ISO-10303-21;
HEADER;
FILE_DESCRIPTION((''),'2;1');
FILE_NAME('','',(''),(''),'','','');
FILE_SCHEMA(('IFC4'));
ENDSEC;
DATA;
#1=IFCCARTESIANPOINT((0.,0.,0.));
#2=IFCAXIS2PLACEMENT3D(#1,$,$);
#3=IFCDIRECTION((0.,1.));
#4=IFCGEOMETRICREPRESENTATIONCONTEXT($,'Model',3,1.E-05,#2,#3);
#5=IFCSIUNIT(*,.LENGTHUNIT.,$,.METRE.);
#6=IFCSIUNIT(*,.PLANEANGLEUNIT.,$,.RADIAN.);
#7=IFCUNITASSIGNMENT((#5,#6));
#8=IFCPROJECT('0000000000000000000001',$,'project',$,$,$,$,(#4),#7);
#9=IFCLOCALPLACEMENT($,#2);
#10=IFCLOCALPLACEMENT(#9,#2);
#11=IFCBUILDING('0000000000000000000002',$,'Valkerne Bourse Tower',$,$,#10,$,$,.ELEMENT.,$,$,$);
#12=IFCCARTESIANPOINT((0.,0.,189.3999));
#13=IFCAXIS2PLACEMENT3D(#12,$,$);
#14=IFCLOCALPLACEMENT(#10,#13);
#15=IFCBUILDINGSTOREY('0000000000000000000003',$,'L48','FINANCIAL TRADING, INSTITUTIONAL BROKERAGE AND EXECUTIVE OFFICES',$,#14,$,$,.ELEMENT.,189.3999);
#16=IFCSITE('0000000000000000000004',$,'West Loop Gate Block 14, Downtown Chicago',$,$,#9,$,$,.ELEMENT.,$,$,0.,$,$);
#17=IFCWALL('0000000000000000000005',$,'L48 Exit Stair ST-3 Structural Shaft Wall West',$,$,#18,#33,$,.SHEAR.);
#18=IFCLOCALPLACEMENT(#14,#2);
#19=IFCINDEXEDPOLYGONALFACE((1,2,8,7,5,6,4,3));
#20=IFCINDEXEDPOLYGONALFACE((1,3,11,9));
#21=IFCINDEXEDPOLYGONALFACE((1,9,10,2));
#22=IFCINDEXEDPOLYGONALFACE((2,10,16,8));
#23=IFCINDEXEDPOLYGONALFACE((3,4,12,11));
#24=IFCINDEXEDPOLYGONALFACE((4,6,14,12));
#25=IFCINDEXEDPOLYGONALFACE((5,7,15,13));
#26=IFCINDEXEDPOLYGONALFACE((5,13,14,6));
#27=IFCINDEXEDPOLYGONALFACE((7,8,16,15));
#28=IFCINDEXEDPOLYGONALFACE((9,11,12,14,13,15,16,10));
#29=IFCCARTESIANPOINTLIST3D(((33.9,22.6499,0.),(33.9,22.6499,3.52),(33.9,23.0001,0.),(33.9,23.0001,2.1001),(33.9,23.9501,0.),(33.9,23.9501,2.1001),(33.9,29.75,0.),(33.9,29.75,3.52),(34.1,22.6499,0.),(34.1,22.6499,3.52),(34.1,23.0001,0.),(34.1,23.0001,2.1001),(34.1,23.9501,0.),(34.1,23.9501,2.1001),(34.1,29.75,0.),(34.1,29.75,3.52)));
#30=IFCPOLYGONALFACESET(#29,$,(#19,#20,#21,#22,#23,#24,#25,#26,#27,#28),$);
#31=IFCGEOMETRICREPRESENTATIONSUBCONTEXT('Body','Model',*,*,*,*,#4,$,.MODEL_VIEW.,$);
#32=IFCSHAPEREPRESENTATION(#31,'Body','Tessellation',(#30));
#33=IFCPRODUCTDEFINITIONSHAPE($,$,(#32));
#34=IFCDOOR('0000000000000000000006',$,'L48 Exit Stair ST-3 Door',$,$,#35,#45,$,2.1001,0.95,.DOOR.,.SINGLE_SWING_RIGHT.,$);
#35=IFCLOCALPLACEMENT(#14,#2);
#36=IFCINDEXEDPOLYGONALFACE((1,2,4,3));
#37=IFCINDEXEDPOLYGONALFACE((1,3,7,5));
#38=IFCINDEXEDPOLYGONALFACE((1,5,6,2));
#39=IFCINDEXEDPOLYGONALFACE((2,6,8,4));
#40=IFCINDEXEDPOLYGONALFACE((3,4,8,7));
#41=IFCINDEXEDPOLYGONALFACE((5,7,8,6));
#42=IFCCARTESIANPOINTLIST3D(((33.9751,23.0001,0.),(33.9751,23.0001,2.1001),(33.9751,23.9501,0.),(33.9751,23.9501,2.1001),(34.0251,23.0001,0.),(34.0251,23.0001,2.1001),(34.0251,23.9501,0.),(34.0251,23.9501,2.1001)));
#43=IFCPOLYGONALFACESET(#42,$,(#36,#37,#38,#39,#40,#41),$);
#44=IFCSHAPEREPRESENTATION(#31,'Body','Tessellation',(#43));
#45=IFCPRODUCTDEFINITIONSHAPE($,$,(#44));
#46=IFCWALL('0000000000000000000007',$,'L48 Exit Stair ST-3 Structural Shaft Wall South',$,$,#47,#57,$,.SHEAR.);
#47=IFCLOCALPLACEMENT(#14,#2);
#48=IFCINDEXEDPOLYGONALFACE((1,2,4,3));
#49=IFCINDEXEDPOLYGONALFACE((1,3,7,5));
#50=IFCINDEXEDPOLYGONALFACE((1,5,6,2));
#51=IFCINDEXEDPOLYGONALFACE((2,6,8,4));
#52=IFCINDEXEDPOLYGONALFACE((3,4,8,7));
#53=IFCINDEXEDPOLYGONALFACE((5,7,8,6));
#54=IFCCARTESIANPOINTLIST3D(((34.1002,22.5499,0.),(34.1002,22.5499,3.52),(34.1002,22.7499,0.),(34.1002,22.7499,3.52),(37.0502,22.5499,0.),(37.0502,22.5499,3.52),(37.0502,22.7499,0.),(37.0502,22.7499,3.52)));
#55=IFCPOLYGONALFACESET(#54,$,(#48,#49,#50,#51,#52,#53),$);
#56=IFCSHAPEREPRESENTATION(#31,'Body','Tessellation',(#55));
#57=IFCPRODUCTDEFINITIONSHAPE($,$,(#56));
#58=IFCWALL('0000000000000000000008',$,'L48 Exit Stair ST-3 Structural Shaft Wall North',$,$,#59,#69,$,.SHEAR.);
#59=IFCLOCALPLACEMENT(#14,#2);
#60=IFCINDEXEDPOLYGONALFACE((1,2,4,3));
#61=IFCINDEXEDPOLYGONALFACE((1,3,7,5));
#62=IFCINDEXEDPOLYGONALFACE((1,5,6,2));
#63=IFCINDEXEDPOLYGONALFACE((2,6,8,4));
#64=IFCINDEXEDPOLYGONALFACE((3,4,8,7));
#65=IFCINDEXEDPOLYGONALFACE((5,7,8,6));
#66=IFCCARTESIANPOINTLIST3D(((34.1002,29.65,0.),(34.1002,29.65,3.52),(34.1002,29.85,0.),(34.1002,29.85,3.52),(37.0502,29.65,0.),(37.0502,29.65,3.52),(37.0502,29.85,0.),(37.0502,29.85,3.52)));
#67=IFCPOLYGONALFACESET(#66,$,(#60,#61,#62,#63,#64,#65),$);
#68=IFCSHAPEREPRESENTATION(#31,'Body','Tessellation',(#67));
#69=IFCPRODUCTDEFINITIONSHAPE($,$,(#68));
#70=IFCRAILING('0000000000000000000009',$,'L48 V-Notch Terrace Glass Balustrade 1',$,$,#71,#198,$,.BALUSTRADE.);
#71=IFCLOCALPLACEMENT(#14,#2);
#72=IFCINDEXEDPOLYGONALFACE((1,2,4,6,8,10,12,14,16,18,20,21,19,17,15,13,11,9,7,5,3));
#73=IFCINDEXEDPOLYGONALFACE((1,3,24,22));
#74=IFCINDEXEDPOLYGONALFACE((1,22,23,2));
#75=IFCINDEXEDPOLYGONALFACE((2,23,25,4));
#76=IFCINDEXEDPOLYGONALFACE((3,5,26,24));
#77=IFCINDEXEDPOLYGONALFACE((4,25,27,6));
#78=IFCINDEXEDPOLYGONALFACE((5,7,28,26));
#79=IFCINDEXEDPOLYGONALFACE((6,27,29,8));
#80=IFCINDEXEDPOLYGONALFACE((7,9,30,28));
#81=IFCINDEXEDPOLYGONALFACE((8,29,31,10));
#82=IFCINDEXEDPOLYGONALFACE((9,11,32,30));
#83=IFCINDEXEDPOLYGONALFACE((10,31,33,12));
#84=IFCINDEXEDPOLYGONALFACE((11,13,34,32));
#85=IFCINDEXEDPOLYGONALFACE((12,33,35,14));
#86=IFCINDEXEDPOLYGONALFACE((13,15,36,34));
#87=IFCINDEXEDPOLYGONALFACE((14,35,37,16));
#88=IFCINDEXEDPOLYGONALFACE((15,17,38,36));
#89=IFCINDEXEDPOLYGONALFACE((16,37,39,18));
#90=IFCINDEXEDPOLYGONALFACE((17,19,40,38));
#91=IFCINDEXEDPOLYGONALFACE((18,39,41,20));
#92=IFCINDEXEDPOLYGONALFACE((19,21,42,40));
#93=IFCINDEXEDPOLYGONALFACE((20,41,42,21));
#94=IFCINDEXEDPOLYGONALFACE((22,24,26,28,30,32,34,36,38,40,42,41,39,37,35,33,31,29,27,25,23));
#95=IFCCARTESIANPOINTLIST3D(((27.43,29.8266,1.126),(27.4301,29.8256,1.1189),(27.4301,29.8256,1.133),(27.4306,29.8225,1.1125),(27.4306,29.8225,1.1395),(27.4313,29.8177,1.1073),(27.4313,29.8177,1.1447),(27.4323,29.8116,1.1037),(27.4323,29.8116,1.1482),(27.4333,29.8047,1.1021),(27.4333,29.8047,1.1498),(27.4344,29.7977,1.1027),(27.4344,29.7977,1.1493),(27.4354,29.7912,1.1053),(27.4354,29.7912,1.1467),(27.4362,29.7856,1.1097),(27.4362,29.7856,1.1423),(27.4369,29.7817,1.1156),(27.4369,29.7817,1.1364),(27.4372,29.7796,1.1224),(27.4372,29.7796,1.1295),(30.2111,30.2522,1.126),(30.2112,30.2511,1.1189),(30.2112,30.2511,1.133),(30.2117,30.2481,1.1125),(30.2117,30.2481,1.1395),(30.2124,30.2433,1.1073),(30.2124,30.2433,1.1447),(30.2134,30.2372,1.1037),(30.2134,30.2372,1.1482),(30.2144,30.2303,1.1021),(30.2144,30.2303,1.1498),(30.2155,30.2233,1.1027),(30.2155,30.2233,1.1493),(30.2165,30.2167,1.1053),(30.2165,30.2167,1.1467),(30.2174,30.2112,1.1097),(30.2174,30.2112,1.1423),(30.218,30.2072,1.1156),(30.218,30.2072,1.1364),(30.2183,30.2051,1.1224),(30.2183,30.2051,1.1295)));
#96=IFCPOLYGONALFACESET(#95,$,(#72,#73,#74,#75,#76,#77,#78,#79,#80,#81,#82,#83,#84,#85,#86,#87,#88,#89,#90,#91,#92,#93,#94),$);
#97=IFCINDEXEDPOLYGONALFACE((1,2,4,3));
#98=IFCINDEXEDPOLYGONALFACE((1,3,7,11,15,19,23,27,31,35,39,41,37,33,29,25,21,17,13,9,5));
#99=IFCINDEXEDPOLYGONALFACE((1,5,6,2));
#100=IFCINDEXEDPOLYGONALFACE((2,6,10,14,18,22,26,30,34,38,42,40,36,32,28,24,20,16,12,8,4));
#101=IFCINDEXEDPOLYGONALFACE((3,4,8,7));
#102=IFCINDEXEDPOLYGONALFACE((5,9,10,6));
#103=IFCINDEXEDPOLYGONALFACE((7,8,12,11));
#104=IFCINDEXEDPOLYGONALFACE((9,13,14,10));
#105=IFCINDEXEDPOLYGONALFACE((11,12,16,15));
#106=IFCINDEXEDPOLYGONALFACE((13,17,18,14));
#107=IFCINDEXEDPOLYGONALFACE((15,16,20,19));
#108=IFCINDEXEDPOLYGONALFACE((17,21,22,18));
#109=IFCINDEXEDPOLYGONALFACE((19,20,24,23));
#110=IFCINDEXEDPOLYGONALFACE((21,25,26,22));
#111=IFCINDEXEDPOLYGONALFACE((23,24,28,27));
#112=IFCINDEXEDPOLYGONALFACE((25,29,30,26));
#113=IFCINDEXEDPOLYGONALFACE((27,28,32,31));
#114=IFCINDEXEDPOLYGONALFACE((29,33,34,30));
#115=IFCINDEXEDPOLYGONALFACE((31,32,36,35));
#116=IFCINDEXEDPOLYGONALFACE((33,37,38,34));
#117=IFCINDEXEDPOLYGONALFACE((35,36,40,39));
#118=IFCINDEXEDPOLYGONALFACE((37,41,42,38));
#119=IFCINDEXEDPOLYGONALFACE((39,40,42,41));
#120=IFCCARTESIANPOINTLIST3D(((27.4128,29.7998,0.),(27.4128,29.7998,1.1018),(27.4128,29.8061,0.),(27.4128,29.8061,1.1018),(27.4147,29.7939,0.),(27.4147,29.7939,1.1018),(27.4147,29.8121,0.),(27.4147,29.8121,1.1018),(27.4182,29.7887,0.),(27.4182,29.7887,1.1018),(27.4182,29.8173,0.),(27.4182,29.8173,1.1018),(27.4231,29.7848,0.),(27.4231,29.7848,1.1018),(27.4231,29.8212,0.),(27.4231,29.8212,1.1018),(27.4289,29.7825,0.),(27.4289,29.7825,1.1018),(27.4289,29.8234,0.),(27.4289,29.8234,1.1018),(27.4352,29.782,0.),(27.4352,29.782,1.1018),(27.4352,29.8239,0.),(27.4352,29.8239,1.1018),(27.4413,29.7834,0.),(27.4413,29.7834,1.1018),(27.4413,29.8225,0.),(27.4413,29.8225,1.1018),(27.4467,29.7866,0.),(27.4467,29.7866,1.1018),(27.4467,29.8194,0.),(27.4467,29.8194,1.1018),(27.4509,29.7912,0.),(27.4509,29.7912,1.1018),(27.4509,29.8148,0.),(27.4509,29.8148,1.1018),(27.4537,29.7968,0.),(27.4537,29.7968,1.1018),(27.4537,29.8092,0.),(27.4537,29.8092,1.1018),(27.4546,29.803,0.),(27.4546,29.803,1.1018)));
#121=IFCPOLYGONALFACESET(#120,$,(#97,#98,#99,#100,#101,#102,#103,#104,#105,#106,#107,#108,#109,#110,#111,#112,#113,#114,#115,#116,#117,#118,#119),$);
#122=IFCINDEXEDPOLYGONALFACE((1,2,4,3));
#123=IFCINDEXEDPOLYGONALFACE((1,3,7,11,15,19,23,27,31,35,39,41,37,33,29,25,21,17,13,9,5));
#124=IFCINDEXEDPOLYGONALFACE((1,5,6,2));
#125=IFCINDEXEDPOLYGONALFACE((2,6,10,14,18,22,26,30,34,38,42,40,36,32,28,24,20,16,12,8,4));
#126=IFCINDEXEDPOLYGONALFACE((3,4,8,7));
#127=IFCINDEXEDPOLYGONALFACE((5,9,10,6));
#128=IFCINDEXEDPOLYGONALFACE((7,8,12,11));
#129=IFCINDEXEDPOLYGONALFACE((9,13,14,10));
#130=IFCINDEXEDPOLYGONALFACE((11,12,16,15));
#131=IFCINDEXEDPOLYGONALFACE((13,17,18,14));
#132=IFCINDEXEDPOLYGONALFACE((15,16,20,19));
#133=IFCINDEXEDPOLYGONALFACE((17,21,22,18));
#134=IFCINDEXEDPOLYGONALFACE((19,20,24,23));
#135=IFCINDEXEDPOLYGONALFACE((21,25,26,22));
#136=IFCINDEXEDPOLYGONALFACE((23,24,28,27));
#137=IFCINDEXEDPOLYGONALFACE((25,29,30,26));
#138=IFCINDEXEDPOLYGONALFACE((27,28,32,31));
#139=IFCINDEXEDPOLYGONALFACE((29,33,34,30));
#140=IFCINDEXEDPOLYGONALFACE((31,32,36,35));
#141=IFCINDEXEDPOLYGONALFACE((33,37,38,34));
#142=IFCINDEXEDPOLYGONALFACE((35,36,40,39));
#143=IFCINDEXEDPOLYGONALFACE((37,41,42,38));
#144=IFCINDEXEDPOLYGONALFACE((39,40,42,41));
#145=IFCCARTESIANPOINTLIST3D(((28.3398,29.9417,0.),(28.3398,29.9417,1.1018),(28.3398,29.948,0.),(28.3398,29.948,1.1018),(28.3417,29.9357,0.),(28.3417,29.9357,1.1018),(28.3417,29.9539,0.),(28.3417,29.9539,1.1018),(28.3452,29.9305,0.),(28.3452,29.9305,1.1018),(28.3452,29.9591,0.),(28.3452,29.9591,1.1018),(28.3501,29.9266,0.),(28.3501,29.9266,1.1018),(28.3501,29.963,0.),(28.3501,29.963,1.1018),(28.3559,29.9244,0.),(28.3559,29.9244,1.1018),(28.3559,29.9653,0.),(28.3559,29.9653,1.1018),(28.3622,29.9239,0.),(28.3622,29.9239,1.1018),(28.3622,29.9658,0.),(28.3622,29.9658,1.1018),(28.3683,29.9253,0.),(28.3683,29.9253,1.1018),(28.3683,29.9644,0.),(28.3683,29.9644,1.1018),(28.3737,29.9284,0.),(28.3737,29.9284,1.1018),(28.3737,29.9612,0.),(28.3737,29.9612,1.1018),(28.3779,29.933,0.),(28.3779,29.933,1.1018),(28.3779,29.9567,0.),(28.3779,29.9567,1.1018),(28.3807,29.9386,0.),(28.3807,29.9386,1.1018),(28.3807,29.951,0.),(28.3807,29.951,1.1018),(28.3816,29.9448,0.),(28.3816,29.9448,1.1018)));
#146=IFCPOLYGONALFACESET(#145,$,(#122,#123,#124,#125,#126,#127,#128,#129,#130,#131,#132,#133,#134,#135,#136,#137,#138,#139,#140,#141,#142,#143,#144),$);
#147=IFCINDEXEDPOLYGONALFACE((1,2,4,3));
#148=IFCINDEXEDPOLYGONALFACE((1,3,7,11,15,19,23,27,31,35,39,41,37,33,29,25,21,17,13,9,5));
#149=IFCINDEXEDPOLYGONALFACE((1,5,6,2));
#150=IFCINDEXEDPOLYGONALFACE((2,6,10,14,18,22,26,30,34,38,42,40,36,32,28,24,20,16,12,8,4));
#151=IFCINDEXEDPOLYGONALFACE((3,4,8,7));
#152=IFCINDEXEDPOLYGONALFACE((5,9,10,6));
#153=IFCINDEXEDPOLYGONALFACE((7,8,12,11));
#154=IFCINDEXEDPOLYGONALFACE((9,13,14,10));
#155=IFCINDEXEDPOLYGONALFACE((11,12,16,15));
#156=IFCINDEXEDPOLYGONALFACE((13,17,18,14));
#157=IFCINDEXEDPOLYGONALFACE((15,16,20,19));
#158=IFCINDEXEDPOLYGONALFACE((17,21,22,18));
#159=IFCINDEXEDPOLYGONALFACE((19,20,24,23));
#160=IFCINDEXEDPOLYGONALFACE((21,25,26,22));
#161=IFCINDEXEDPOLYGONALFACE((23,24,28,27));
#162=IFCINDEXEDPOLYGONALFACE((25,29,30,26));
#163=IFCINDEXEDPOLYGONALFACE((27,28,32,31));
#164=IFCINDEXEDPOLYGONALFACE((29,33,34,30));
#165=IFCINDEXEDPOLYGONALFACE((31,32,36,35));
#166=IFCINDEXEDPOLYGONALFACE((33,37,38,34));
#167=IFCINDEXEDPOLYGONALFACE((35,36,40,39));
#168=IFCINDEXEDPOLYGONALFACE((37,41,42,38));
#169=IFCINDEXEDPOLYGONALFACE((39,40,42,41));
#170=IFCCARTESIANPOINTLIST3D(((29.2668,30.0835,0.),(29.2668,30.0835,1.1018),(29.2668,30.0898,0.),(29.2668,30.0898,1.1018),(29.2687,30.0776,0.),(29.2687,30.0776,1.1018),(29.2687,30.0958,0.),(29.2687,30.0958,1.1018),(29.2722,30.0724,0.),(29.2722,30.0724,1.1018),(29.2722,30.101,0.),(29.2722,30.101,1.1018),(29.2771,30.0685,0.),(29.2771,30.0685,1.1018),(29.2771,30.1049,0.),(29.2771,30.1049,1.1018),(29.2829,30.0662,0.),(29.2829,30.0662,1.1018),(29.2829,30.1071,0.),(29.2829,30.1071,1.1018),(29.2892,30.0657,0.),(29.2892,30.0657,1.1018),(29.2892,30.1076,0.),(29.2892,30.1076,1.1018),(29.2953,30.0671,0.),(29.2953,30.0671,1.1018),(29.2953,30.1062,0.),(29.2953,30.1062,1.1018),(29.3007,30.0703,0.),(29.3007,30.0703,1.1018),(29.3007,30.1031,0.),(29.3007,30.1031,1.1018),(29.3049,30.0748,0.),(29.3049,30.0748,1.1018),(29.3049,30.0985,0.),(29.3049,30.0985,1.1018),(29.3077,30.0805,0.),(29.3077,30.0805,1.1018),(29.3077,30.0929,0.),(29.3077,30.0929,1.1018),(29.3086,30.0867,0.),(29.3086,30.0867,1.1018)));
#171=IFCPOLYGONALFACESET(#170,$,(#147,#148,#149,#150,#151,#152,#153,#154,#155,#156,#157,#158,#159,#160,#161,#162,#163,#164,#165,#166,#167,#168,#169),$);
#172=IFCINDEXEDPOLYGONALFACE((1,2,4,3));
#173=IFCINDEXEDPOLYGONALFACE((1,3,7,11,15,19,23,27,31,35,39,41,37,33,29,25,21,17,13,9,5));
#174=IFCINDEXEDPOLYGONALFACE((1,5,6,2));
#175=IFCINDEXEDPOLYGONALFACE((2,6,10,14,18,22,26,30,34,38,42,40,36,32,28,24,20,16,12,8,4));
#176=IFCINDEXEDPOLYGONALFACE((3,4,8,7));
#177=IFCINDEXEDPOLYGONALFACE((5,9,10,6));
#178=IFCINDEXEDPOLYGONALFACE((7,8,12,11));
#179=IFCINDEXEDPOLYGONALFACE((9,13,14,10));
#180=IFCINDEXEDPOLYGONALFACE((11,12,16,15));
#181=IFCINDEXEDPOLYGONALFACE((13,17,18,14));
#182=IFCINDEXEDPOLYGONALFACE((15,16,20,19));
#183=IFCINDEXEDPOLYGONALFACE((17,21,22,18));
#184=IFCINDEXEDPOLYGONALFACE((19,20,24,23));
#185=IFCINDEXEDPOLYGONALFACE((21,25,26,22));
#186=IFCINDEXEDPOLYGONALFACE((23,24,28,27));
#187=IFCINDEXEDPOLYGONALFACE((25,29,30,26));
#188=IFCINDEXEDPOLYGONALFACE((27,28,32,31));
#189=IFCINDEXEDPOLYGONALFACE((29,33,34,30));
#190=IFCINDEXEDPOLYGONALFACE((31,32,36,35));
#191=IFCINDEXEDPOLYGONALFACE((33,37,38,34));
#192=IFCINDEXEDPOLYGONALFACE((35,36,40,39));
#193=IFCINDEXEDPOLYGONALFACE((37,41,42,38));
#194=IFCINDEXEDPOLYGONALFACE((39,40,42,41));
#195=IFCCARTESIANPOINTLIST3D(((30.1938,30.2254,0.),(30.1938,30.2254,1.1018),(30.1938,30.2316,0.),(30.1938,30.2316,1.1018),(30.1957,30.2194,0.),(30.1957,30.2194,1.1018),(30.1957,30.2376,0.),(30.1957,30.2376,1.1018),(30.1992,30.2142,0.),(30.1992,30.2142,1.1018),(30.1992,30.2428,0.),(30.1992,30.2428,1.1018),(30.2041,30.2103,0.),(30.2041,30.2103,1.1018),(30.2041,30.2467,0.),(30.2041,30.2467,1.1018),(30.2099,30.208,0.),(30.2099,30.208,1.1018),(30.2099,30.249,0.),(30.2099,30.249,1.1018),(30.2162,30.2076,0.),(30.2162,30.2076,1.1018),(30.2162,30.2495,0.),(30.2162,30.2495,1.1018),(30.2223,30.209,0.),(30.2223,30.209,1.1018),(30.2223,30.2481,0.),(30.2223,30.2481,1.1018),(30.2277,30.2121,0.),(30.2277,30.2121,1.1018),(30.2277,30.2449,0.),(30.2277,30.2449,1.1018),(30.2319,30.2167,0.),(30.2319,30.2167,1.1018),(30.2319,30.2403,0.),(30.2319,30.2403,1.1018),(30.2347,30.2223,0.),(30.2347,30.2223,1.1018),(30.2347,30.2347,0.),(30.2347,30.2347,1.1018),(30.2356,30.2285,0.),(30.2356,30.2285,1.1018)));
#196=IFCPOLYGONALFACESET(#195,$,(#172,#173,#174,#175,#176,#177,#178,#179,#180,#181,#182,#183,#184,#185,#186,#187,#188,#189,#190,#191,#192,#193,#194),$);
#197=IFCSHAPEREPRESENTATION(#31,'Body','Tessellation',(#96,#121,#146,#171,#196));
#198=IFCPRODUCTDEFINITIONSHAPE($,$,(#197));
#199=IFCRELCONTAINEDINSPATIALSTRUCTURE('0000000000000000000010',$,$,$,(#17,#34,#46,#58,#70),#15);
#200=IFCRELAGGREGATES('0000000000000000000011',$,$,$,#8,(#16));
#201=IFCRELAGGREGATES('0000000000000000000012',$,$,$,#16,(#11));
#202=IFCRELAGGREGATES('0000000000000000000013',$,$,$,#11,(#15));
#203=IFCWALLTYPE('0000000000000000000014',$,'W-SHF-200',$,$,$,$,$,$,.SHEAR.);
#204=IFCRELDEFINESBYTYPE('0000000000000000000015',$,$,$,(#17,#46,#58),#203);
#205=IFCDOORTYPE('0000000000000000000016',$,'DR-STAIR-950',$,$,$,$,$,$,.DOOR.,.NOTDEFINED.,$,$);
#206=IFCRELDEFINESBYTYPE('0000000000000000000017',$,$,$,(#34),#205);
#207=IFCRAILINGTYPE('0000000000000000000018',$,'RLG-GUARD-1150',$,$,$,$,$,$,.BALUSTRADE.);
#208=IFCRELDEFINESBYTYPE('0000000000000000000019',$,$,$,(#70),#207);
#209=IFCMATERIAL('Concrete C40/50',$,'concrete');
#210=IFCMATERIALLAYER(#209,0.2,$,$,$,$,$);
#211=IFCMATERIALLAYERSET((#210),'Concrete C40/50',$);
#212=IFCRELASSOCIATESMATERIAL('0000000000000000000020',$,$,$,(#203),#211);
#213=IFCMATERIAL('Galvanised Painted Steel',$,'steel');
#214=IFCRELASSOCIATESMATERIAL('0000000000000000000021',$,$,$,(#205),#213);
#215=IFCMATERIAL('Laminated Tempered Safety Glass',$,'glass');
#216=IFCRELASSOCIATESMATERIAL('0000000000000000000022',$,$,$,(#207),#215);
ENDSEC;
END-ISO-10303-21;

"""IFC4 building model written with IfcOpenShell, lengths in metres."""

from ifc_helpers import new_model, si_unit, direction, frame, frame_2d, origin, origin_2d, place, context, subcontext, project, spatial, rectangle, circle, extrude, material, layer, layer_set, type_object, element, fill, save


model = new_model("IFC4")

# Units and contexts
model_context = context("Model", 3, precision=1e-05, world=origin(), true_north=direction((0.0, 1.0)))
body_context = subcontext(model_context, "Body", "Model", "MODEL_VIEW")
ifc_project = project(units=[si_unit("LENGTHUNIT", "METRE"), si_unit("PLANEANGLEUNIT", "RADIAN")], contexts=[model_context])

# Site, building, storey
site_placement = place(None, origin())
site = spatial("IfcSite", under=ifc_project, at=site_placement, Name="West Loop Gate Block 14, Downtown Chicago", CompositionType="ELEMENT", RefElevation=0.0)
building_placement = place(site_placement, origin())
building = spatial("IfcBuilding", under=site, at=building_placement, Name="Valkerne Bourse Tower", CompositionType="ELEMENT")
storey_placement = place(building_placement, frame((0.0, 0.0, 189.3999)))
storey = spatial("IfcBuildingStorey", under=building, at=storey_placement, Name="L48", Description="FINANCIAL TRADING, INSTITUTIONAL BROKERAGE AND EXECUTIVE OFFICES", CompositionType="ELEMENT", Elevation=189.3999)

# Wall, opening, door
ifc_material_1 = material(Name="Concrete C40/50", Category="concrete")
ifc_layer_1 = layer(ifc_material_1, 0.2)
ifc_layer_set_1 = layer_set([ifc_layer_1], Name="Concrete C40/50")
wall_type_1 = type_object("IfcWallType", Name="W-SHF-200", PredefinedType="SHEAR", material=ifc_layer_set_1)
wall_1_placement = place(storey_placement, frame((34.0, 22.6499, 0.0), z_axis=(0.0, 0.0, 1.0), x_axis=(0.0, 1.0, 0.0)))
wall_1 = element("IfcWall", 1, at=wall_1_placement, inside=storey, type_object=wall_type_1, Name="L48 Exit Stair ST-3 Structural Shaft Wall West", PredefinedType="SHEAR", context=body_context, shape_type="SweptSolid", body=[
    extrude(rectangle(XDim=7.1001, YDim=0.2, at=frame_2d((3.55, 0.0))), origin(), (0.0, 0.0, 1.0), 3.52),
])
opening_placement = place(wall_1_placement, frame((0.3501, 0.0, 0.0)))
opening = element("IfcOpeningElement", 2, at=opening_placement, cuts=wall_1, PredefinedType="OPENING", context=body_context, shape_type="SweptSolid", body=[
    extrude(rectangle(XDim=0.95, YDim=2.1001, at=frame_2d((0.4751, 1.05))), frame((0.0, 0.1099, 0.0), z_axis=(0.0, -1.0, 0.0), x_axis=(1.0, 0.0, 0.0)), (0.0, 0.0, 1.0), 0.22),
])
ifc_material_2 = material(Name="Galvanised Painted Steel", Category="steel")
door_type = type_object("IfcDoorType", Name="DR-STAIR-950", OperationType="NOTDEFINED", PredefinedType="DOOR", material=ifc_material_2)
door_placement = place(opening_placement, origin())
door = element("IfcDoor", 3, at=door_placement, inside=storey, type_object=door_type, Name="L48 Exit Stair ST-3 Door", OperationType="SINGLE_SWING_RIGHT", OverallHeight=2.1001, OverallWidth=0.95, PredefinedType="DOOR", context=body_context, shape_type="SweptSolid", body=[
    extrude(rectangle(XDim=0.95, YDim=2.1001, at=frame_2d((0.4751, 1.05))), frame((0.0, 0.0249, 0.0), z_axis=(0.0, -1.0, 0.0), x_axis=(1.0, 0.0, 0.0)), (0.0, 0.0, 1.0), 0.05),
])
fill(opening, door)

# Walls
for number, where, z_axis, x_axis, name in (
    (4, (34.1001, 22.6499, 0.0), (0.0, 0.0, 1.0), (1.0, 0.0, 0.0), "L48 Exit Stair ST-3 Structural Shaft Wall South"),
    (5, (34.1001, 29.75, 0.0), (0.0, 0.0, 1.0), (1.0, 0.0, 0.0), "L48 Exit Stair ST-3 Structural Shaft Wall North"),
):
    element("IfcWall", number, at=place(storey_placement, frame(where, z_axis=z_axis, x_axis=x_axis)), inside=storey, type_object=wall_type_1, Name=name, PredefinedType="SHEAR", context=body_context, shape_type="SweptSolid", body=[
        extrude(rectangle(XDim=2.95, YDim=0.2, at=frame_2d((1.4751, 0.0))), origin(), (0.0, 0.0, 1.0), 3.52),
    ])

# Railing
ifc_material_3 = material(Name="Laminated Tempered Safety Glass", Category="glass")
railing_type_1 = type_object("IfcRailingType", Name="RLG-GUARD-1150", PredefinedType="BALUSTRADE", material=ifc_material_3)
railing_1_placement = place(storey_placement, frame((27.4336, 29.803, 0.0)))
element("IfcRailing", 6, at=railing_1_placement, inside=storey, type_object=railing_type_1, Name="L48 V-Notch Terrace Glass Balustrade 1", PredefinedType="BALUSTRADE", context=body_context, shape_type="SweptSolid", body=[
    extrude(circle(Radius=0.0239, at=origin_2d()), frame((0.0, 0.0, 1.126), z_axis=(0.988495, 0.151255, 0.0), x_axis=(-0.151255, 0.988495, 0.0)), (0.0, 0.0, 1.0), 2.8135),
    extrude(circle(Radius=0.021, at=origin_2d()), origin(), (0.0, 0.0, 1.0), 1.1018),
    extrude(circle(Radius=0.021, at=origin_2d()), frame((0.927, 0.1418, 0.0)), (0.0, 0.0, 1.0), 1.1018),
    extrude(circle(Radius=0.021, at=origin_2d()), frame((1.854, 0.2837, 0.0)), (0.0, 0.0, 1.0), 1.1018),
    extrude(circle(Radius=0.021, at=origin_2d()), frame((2.781, 0.4255, 0.0)), (0.0, 0.0, 1.0), 1.1018),
])

save(model, "model.ifc")
